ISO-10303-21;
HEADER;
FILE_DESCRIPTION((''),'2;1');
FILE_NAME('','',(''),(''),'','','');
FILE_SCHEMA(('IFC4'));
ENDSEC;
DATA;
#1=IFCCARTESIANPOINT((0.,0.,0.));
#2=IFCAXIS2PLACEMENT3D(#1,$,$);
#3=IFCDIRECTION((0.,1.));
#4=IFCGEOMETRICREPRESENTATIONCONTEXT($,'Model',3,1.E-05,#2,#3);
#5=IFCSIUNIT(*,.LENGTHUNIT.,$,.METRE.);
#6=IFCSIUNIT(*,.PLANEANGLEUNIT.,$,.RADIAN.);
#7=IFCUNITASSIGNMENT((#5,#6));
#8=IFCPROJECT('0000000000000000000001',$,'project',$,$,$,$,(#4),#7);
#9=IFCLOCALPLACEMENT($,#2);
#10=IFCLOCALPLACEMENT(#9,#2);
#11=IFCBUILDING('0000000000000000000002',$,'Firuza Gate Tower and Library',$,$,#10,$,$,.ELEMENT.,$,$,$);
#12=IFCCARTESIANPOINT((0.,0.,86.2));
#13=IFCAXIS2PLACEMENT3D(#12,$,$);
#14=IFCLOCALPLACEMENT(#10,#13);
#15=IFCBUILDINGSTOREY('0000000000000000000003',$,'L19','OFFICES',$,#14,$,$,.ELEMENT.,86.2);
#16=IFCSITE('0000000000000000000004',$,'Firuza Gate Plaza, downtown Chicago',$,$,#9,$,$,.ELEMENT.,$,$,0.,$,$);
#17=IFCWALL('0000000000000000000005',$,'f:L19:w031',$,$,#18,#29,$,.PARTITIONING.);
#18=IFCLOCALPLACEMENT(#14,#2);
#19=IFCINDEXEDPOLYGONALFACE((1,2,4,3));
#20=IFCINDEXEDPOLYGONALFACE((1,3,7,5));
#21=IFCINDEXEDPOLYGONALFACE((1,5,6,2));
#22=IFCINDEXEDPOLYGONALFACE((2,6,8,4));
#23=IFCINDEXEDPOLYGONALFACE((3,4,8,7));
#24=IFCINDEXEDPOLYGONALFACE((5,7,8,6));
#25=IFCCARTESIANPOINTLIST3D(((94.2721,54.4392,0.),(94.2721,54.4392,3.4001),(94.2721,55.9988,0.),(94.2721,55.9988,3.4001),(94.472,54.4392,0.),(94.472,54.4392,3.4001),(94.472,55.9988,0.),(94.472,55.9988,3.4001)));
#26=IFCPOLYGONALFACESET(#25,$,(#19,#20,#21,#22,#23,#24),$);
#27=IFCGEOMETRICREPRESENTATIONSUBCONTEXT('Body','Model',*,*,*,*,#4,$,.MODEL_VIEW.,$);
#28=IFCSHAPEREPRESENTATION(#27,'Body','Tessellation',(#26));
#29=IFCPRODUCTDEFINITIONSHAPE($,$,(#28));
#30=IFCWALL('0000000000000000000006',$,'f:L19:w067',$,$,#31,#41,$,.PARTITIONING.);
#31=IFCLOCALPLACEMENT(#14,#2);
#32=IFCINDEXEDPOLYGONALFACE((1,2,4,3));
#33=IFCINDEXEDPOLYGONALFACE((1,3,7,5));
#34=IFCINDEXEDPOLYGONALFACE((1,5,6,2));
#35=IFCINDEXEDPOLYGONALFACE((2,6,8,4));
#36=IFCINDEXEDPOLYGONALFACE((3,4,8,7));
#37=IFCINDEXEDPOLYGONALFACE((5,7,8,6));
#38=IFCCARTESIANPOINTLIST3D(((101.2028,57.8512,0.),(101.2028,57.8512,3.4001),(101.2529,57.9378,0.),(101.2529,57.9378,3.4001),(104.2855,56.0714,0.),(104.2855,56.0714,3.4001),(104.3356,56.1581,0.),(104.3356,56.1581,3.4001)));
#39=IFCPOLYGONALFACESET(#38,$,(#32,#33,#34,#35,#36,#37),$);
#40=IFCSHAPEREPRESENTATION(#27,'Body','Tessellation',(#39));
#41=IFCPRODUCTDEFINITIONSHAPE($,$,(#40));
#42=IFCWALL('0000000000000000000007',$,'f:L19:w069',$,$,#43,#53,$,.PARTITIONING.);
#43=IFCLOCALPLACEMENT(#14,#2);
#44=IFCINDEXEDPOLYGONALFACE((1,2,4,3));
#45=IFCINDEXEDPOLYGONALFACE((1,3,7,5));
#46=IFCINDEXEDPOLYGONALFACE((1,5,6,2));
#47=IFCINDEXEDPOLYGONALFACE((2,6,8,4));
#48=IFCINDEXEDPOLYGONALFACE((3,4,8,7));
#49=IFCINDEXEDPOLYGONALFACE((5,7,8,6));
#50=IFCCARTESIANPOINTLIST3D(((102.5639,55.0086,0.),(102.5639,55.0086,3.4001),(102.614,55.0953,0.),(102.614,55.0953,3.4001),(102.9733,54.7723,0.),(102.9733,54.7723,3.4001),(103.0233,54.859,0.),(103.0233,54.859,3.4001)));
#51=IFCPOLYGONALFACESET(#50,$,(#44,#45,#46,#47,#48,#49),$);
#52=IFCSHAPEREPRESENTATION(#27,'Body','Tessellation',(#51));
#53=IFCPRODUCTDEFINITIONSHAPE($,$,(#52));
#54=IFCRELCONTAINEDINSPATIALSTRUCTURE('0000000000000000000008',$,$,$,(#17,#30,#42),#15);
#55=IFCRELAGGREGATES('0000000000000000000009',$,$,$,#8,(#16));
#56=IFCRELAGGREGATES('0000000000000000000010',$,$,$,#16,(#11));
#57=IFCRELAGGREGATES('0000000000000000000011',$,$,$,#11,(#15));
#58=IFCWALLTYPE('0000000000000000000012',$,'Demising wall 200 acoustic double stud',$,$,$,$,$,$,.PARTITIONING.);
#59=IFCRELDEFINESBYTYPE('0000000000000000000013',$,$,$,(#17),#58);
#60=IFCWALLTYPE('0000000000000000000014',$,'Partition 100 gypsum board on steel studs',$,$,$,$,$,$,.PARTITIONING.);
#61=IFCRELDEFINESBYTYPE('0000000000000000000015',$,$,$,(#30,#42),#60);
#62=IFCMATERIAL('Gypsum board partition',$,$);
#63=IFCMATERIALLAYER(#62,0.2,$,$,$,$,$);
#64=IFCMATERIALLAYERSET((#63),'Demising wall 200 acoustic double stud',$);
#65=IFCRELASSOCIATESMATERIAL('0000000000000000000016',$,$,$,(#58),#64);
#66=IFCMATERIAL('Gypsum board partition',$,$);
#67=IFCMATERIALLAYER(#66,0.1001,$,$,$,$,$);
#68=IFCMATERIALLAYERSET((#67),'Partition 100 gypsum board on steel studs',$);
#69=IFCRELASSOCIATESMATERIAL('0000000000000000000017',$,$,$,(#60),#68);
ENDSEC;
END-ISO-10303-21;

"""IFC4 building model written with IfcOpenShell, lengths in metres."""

from ifc_helpers import new_model, si_unit, direction, frame, frame_2d, origin, place, context, subcontext, project, spatial, rectangle, extrude, material, layer, layer_set, type_object, element, save


model = new_model("IFC4")

# Units and contexts
model_context = context("Model", 3, precision=1e-05, world=origin(), true_north=direction((0.0, 1.0)))
body_context = subcontext(model_context, "Body", "Model", "MODEL_VIEW")
ifc_project = project(units=[si_unit("LENGTHUNIT", "METRE"), si_unit("PLANEANGLEUNIT", "RADIAN")], contexts=[model_context])

# Site, building, storey
site_placement = place(None, origin())
site = spatial("IfcSite", under=ifc_project, at=site_placement, Name="Firuza Gate Plaza, downtown Chicago", CompositionType="ELEMENT", RefElevation=0.0)
building_placement = place(site_placement, origin())
building = spatial("IfcBuilding", under=site, at=building_placement, Name="Firuza Gate Tower and Library", CompositionType="ELEMENT")
storey_placement = place(building_placement, frame((0.0, 0.0, 86.2)))
storey = spatial("IfcBuildingStorey", under=building, at=storey_placement, Name="L19", Description="OFFICES", CompositionType="ELEMENT", Elevation=86.2)

# Walls
ifc_material_1 = material(Name="Gypsum board partition")
ifc_layer_1 = layer(ifc_material_1, 0.2)
ifc_layer_set_1 = layer_set([ifc_layer_1], Name="Demising wall 200 acoustic double stud")
wall_type_1 = type_object("IfcWallType", Name="Demising wall 200 acoustic double stud", PredefinedType="PARTITIONING", material=ifc_layer_set_1)
wall_1_placement = place(storey_placement, frame((94.3721, 54.4392, 0.0), z_axis=(0.0, 0.0, 1.0), x_axis=(0.0, 1.0, 0.0)))
element("IfcWall", 1, at=wall_1_placement, inside=storey, type_object=wall_type_1, Name="f:L19:w031", PredefinedType="PARTITIONING", context=body_context, shape_type="SweptSolid", body=[
    extrude(rectangle(XDim=1.5596, YDim=0.2, at=frame_2d((0.7798, 0.0))), origin(), (0.0, 0.0, 1.0), 3.4001),
])
ifc_material_2 = material(Name="Gypsum board partition")
ifc_layer_2 = layer(ifc_material_2, 0.1001)
ifc_layer_set_2 = layer_set([ifc_layer_2], Name="Partition 100 gypsum board on steel studs")
wall_type_2 = type_object("IfcWallType", Name="Partition 100 gypsum board on steel studs", PredefinedType="PARTITIONING", material=ifc_layer_set_2)
wall_2_placement = place(storey_placement, frame((104.3105, 56.1147, 0.0), z_axis=(0.0, 0.0, 1.0), x_axis=(-0.866031, 0.49999, 0.0)))
element("IfcWall", 2, at=wall_2_placement, inside=storey, type_object=wall_type_2, Name="f:L19:w067", PredefinedType="PARTITIONING", context=body_context, shape_type="SweptSolid", body=[
    extrude(rectangle(XDim=3.5596, YDim=0.1001, at=frame_2d((1.7798, 0.0))), origin(), (0.0, 0.0, 1.0), 3.4001),
])
wall_3_placement = place(storey_placement, frame((102.9983, 54.8157, 0.0), z_axis=(0.0, 0.0, 1.0), x_axis=(-0.866074, 0.499916, 0.0)))
element("IfcWall", 3, at=wall_3_placement, inside=storey, type_object=wall_type_2, Name="f:L19:w069", PredefinedType="PARTITIONING", context=body_context, shape_type="SweptSolid", body=[
    extrude(rectangle(XDim=0.4727, YDim=0.1001, at=frame_2d((0.2363, 0.0))), origin(), (0.0, 0.0, 1.0), 3.4001),
])

save(model, "model.ifc")
